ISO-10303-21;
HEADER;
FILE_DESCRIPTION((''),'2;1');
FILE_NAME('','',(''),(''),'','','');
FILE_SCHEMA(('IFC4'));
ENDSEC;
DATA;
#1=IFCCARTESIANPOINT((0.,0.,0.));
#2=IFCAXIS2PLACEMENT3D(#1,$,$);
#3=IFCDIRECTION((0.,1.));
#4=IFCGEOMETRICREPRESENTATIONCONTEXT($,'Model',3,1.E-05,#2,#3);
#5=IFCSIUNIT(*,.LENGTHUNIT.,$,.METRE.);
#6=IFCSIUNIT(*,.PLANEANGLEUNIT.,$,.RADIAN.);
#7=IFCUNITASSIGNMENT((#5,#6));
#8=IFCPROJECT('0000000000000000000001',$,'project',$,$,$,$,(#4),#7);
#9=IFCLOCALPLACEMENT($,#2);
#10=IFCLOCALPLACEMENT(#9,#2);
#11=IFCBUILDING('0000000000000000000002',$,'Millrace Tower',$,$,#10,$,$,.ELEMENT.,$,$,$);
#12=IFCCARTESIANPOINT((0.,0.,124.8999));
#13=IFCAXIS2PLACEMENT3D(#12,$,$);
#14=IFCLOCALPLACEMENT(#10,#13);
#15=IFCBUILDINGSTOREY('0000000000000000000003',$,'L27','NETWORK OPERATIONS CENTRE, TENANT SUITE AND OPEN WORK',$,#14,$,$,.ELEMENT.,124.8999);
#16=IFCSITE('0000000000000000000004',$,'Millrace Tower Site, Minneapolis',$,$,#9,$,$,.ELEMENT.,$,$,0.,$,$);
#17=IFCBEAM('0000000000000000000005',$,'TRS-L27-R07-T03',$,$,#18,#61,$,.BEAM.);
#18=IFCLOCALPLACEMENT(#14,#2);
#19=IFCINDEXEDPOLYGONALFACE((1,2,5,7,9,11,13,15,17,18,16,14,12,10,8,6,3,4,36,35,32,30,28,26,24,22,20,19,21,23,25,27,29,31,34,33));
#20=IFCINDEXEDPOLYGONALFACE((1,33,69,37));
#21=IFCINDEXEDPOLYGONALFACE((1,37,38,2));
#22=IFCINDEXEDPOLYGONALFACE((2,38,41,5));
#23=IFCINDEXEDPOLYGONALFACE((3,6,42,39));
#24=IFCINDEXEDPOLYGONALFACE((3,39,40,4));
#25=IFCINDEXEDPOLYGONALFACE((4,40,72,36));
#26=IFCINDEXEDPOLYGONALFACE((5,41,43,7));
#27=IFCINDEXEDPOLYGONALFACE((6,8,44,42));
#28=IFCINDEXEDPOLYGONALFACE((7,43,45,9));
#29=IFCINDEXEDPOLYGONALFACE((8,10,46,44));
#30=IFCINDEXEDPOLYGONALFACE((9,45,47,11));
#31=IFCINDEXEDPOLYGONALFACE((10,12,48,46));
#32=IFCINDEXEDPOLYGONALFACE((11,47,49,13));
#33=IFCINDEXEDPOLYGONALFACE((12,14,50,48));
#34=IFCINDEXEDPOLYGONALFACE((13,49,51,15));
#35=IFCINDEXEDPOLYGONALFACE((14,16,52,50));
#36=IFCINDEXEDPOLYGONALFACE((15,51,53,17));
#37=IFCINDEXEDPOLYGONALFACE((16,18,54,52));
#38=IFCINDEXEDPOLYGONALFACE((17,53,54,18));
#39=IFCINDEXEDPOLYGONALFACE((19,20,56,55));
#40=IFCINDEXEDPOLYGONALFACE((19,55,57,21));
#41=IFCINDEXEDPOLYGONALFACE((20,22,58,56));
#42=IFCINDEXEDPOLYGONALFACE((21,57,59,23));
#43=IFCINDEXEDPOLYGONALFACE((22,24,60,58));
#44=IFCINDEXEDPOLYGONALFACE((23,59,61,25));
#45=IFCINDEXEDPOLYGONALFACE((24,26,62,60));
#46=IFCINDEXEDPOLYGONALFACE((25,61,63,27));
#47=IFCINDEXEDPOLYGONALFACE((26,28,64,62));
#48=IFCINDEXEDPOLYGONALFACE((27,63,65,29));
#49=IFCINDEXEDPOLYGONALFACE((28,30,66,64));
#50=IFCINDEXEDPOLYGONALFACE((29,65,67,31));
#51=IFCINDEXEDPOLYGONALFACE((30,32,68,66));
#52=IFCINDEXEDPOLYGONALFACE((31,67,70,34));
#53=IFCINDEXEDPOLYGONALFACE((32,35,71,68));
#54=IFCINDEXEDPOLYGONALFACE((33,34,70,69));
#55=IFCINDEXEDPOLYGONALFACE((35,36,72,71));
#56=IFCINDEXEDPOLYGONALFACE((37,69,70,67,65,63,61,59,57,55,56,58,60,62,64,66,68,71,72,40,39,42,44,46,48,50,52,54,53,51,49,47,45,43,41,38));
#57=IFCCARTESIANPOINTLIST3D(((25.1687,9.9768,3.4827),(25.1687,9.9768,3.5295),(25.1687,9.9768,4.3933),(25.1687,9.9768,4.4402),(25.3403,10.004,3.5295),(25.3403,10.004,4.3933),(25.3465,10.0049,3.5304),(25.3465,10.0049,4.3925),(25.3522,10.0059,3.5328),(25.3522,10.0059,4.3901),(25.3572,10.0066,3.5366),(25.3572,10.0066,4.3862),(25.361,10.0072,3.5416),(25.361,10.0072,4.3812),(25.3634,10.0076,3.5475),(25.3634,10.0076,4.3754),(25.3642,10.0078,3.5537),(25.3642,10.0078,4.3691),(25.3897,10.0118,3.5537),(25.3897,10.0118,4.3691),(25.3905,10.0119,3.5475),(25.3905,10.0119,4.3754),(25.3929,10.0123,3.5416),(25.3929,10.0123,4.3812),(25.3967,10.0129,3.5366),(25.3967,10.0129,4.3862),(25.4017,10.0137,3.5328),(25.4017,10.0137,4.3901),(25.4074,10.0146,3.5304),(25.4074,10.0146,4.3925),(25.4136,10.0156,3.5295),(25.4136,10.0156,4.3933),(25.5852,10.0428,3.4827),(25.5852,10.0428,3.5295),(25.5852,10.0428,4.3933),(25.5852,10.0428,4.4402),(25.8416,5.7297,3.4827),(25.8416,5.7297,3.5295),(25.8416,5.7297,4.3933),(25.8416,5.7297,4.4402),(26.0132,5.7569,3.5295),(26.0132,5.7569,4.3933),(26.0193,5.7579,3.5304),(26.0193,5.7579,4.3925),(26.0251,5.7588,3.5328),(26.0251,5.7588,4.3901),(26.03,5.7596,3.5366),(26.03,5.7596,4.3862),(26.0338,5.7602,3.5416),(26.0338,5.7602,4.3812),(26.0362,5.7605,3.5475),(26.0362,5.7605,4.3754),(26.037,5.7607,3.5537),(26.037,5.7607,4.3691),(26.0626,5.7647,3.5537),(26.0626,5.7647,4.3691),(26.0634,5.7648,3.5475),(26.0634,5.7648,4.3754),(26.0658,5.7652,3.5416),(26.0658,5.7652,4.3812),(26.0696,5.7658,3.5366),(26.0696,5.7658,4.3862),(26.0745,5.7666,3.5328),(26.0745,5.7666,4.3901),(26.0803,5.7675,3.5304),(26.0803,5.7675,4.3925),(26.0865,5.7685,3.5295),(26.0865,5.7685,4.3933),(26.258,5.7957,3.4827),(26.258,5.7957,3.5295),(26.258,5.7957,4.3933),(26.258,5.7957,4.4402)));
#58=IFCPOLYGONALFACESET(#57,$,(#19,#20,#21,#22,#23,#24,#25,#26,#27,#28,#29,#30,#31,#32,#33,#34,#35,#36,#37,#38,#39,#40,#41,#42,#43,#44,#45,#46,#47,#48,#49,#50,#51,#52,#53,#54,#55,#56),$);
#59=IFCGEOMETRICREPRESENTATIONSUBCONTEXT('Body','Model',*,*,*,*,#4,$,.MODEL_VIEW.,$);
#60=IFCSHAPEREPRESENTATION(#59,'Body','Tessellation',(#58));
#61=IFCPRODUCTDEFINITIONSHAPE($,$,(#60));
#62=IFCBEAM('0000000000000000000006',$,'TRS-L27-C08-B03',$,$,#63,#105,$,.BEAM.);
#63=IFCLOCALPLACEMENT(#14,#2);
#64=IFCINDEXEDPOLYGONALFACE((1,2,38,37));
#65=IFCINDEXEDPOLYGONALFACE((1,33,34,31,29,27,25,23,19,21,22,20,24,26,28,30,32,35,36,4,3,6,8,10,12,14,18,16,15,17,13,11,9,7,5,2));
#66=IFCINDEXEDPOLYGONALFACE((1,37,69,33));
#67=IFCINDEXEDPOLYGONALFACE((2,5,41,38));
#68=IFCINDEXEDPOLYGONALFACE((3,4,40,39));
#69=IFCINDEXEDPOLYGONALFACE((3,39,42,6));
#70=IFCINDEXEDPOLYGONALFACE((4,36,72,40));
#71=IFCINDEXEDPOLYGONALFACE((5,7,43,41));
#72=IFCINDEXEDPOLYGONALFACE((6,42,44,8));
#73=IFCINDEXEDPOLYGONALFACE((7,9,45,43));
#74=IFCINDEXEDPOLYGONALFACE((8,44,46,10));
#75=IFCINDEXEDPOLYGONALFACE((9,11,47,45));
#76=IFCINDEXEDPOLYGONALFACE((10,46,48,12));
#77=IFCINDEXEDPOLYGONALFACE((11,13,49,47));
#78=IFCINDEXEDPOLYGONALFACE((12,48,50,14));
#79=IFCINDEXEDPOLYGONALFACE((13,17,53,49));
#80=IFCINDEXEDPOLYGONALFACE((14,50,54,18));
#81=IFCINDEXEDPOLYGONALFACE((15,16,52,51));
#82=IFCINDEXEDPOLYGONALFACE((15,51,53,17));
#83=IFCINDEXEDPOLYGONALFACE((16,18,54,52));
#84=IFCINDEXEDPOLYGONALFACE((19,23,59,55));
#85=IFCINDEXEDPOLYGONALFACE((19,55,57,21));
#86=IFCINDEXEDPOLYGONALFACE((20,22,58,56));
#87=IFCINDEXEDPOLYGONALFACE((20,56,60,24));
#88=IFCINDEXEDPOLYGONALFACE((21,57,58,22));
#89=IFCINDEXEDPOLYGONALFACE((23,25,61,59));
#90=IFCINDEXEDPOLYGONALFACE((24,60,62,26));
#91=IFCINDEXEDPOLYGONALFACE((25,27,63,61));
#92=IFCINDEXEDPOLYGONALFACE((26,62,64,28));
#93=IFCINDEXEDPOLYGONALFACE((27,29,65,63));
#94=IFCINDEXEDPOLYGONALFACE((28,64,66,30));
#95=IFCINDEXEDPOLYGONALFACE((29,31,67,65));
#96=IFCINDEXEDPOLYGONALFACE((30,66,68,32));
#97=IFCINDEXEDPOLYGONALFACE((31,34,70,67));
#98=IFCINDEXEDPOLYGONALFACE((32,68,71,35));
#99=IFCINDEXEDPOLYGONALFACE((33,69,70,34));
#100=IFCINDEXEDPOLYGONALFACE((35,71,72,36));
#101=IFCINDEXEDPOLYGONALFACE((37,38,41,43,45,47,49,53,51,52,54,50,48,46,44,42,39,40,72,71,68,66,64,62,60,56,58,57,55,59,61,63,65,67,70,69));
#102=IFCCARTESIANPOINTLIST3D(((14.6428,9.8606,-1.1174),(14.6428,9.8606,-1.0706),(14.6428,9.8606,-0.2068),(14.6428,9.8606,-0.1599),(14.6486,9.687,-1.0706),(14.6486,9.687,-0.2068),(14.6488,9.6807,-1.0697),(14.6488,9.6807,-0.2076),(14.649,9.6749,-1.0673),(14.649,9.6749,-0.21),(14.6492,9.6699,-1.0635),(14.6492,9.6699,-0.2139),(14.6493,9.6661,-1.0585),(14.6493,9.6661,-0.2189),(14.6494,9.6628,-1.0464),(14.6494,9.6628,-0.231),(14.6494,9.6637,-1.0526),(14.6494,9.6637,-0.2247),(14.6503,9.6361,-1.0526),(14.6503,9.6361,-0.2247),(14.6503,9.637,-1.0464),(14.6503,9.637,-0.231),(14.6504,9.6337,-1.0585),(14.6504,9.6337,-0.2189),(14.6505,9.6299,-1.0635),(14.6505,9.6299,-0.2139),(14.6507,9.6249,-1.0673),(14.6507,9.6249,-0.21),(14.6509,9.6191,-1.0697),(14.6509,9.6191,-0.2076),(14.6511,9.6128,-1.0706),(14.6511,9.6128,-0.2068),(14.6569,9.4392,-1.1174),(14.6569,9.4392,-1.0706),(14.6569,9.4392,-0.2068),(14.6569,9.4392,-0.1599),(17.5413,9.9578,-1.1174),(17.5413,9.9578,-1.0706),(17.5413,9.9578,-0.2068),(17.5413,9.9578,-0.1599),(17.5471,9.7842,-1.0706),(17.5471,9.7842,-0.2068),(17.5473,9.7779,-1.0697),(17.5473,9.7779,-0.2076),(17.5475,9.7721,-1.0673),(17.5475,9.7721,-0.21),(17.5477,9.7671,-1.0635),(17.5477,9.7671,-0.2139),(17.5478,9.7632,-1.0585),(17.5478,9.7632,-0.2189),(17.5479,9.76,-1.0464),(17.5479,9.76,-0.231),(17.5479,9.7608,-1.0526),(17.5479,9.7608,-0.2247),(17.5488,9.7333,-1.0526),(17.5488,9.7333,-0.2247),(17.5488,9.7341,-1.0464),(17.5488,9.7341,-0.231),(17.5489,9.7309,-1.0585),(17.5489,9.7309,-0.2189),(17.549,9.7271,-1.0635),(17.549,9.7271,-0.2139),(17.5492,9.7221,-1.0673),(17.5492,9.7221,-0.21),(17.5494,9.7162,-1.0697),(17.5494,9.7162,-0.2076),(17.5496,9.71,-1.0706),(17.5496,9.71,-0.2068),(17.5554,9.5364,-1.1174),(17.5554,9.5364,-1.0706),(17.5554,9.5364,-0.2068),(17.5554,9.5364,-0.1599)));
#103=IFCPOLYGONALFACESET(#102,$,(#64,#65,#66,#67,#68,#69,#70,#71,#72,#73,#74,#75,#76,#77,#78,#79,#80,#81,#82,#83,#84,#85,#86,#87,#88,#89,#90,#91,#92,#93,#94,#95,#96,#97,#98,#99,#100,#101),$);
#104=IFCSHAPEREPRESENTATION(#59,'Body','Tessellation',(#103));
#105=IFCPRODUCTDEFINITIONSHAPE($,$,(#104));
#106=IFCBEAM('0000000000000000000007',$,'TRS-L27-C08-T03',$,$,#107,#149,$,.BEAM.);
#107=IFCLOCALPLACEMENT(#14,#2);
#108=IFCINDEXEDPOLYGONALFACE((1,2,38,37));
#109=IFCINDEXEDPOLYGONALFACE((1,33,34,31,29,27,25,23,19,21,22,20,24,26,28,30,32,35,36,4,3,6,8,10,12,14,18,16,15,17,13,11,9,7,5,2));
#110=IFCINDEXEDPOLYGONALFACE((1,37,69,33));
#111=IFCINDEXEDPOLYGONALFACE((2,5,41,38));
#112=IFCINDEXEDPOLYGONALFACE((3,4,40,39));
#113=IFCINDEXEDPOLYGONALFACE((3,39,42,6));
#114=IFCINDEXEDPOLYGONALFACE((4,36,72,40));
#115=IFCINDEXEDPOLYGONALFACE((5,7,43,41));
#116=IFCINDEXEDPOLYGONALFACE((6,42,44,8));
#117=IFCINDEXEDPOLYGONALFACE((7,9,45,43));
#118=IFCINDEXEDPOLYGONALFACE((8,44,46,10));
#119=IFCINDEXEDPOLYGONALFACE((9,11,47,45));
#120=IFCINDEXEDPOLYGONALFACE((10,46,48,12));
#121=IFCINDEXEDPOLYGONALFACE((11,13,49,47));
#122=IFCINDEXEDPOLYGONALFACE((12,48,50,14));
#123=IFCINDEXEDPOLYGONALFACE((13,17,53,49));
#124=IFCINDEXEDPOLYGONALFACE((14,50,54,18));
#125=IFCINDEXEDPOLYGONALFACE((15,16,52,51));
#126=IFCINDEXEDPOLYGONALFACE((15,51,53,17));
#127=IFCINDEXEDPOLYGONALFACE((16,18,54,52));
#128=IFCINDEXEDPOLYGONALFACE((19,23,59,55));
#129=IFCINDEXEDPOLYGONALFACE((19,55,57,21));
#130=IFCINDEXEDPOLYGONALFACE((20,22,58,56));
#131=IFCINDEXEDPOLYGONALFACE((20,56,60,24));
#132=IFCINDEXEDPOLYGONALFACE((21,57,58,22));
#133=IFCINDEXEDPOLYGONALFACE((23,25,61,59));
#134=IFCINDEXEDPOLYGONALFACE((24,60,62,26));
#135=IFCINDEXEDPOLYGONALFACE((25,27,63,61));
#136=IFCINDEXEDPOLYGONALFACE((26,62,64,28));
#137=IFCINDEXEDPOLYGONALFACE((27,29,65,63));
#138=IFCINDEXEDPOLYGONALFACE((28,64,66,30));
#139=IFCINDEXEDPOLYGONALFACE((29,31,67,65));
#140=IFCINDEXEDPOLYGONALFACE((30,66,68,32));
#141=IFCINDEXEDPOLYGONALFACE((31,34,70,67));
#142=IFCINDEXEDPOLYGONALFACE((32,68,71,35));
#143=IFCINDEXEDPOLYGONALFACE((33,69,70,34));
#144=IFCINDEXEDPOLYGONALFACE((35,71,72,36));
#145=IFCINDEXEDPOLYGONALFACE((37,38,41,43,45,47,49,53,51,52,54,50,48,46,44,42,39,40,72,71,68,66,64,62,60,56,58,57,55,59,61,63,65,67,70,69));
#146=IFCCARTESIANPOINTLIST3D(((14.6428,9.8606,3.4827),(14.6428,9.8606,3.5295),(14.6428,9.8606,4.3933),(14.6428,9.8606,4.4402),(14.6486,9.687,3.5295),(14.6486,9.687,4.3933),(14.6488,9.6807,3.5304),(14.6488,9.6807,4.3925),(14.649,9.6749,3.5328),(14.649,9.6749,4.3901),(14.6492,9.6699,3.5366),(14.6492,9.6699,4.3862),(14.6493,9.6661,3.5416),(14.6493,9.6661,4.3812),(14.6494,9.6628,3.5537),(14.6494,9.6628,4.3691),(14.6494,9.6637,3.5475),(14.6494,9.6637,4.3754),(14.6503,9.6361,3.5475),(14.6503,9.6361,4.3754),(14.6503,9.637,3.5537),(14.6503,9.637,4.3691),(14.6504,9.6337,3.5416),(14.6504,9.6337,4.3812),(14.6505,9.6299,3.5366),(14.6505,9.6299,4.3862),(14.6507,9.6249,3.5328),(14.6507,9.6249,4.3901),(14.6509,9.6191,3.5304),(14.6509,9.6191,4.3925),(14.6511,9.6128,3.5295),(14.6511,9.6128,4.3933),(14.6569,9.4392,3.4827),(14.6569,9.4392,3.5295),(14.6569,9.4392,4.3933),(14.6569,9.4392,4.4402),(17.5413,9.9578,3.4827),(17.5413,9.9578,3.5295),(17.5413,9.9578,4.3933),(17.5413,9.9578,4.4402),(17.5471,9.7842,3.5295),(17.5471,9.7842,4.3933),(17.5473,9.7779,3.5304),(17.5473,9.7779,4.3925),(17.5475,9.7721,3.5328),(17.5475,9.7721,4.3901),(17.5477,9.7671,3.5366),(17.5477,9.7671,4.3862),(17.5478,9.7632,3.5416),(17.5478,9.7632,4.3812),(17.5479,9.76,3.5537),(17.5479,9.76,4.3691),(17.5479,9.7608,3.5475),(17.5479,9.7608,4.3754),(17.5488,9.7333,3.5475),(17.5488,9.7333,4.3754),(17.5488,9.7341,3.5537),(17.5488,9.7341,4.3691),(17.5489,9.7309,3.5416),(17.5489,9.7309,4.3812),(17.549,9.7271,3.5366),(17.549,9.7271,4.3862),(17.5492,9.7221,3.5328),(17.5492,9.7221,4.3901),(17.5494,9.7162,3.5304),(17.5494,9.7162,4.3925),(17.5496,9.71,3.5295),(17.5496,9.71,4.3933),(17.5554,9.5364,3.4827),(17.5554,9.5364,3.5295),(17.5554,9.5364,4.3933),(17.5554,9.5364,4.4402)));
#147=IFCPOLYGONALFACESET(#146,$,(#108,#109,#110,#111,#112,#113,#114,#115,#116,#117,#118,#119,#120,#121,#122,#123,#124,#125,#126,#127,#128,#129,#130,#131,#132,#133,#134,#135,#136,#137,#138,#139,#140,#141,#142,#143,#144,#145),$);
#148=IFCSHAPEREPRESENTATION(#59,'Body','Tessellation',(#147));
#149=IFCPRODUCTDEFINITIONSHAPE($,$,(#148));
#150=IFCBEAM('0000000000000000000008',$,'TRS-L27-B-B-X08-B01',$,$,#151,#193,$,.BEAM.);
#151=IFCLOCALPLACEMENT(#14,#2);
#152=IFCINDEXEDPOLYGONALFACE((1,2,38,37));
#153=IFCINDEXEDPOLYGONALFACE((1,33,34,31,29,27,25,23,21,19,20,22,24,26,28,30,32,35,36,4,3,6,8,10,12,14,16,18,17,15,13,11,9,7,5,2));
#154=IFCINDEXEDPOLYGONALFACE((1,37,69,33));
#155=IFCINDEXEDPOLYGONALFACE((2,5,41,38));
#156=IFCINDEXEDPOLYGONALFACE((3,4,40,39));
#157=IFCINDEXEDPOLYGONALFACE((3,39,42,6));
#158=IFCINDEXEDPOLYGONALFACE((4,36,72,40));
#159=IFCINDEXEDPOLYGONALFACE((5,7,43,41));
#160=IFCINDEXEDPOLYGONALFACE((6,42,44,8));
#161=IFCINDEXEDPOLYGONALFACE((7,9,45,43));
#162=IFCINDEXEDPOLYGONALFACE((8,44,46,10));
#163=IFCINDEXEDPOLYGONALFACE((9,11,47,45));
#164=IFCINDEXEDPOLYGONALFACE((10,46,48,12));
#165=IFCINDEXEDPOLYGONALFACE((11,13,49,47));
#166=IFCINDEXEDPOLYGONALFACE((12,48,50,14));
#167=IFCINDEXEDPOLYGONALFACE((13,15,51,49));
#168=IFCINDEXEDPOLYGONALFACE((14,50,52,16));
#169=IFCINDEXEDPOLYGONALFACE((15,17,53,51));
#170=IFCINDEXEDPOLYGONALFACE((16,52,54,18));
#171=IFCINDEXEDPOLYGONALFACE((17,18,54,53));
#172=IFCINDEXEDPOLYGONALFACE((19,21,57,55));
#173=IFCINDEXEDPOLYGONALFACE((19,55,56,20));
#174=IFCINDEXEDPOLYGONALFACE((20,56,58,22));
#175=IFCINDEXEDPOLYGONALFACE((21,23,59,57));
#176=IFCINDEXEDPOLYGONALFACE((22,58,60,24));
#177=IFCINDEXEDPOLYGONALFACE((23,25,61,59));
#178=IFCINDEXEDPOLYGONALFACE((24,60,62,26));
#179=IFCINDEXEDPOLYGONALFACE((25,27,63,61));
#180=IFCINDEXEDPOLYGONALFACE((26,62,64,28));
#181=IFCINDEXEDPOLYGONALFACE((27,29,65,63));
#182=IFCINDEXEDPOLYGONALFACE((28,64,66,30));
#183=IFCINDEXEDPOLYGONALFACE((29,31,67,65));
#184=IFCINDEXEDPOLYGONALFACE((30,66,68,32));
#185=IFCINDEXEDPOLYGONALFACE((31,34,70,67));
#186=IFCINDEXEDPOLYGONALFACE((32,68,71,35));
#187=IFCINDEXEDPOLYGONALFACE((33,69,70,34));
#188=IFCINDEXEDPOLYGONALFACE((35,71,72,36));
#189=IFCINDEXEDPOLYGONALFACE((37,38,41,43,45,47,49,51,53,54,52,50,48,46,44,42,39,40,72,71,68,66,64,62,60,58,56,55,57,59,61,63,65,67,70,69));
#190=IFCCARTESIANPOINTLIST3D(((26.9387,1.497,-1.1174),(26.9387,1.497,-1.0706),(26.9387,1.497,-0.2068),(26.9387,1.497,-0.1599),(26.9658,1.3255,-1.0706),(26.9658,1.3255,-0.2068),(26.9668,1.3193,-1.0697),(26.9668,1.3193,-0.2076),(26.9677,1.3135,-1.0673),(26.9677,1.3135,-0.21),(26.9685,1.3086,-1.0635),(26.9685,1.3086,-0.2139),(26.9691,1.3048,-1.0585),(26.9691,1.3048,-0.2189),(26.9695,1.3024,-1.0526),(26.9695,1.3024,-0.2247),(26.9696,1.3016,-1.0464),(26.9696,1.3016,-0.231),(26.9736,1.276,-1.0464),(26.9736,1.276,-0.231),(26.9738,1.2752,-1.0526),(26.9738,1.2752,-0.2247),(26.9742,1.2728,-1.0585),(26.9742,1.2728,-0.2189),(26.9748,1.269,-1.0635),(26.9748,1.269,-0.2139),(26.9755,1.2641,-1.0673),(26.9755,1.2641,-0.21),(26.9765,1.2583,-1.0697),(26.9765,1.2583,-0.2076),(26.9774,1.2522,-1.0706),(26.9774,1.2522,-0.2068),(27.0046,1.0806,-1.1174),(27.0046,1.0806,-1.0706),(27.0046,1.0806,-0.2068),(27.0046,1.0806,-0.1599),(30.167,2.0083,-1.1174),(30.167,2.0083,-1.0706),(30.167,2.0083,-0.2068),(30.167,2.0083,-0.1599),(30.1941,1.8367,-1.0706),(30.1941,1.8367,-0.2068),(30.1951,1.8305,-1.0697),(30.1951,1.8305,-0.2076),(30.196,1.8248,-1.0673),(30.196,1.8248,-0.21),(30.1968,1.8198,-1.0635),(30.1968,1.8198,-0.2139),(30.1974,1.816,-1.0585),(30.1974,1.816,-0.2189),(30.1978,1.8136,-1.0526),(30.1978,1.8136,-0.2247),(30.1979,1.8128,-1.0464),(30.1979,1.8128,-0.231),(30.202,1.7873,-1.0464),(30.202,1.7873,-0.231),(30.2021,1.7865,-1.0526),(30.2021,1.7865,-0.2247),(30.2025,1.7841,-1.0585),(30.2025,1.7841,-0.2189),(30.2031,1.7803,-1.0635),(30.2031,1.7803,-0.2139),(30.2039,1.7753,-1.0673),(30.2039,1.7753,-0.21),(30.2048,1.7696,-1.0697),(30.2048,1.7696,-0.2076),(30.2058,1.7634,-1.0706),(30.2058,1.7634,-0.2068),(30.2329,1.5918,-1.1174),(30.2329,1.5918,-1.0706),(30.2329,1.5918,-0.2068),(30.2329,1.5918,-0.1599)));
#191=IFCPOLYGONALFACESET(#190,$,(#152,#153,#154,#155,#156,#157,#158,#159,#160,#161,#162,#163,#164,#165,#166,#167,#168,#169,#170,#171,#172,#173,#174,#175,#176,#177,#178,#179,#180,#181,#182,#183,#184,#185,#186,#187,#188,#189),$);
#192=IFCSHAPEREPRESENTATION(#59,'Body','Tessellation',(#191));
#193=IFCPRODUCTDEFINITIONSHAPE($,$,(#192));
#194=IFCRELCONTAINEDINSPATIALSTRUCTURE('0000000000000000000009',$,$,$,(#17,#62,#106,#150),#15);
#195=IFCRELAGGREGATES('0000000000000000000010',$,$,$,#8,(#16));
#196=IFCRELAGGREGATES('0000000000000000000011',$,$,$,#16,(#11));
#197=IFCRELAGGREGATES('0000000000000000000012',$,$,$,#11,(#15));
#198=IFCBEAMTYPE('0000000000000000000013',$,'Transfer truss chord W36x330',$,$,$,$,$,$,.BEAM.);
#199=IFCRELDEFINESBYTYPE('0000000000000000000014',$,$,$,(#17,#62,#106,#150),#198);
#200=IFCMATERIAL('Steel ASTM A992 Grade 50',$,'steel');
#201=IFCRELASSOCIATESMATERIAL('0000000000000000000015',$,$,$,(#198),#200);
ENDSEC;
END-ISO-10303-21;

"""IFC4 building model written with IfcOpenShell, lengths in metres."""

from ifc_helpers import new_model, si_unit, direction, frame, origin, origin_2d, place, context, subcontext, project, spatial, i_section, extrude, material, material_profile, profile_set, type_object, element, save


model = new_model("IFC4")

# Units and contexts
model_context = context("Model", 3, precision=1e-05, world=origin(), true_north=direction((0.0, 1.0)))
body_context = subcontext(model_context, "Body", "Model", "MODEL_VIEW")
ifc_project = project(units=[si_unit("LENGTHUNIT", "METRE"), si_unit("PLANEANGLEUNIT", "RADIAN")], contexts=[model_context])

# Site, building, storey
site_placement = place(None, origin())
site = spatial("IfcSite", under=ifc_project, at=site_placement, Name="Millrace Tower Site, Minneapolis", CompositionType="ELEMENT", RefElevation=0.0)
building_placement = place(site_placement, origin())
building = spatial("IfcBuilding", under=site, at=building_placement, Name="Millrace Tower", CompositionType="ELEMENT")
storey_placement = place(building_placement, frame((0.0, 0.0, 124.8999)))
storey = spatial("IfcBuildingStorey", under=building, at=storey_placement, Name="L27", Description="NETWORK OPERATIONS CENTRE, TENANT SUITE AND OPEN WORK", CompositionType="ELEMENT", Elevation=124.8999)

# Beams
ifc_material_1 = material(Name="Steel ASTM A992 Grade 50", Category="steel")
ifc_material_profile_1 = material_profile(ifc_material_1, i_section(OverallWidth=0.4216, OverallDepth=0.9575, WebThickness=0.0259, FlangeThickness=0.0469, FilletRadius=0.0242, at=origin_2d()))
ifc_profile_set_1 = profile_set([ifc_material_profile_1], Name="Steel ASTM A992 Grade 50")
beam_type_1 = type_object("IfcBeamType", Name="Transfer truss chord W36x330", PredefinedType="BEAM", material=ifc_profile_set_1)
for number, where, z_axis, x_axis, name in (
    (1, (26.0498, 5.7627, 3.9614), (-0.156476, 0.987682, 0.0), (-0.987682, -0.156476, 0.0), "TRS-L27-R07-T03"),
):
    element("IfcBeam", number, at=place(storey_placement, frame(where, z_axis=z_axis, x_axis=x_axis)), inside=storey, type_object=beam_type_1, Name=name, PredefinedType="BEAM", context=body_context, shape_type="SweptSolid", body=[
        extrude(i_section(OverallWidth=0.4216, OverallDepth=0.9575, WebThickness=0.0259, FlangeThickness=0.0469, FilletRadius=0.0242, at=origin_2d()), origin(), (0.0, 0.0, 1.0), 4.3),
    ])
for number, where, z_axis, x_axis, name in (
    (2, (17.5483, 9.7471, -0.6387), (-0.999439, -0.033505, 0.0), (0.033505, -0.999439, 0.0), "TRS-L27-C08-B03"),
    (3, (17.5483, 9.7471, 3.9614), (-0.999439, -0.033505, 0.0), (0.033505, -0.999439, 0.0), "TRS-L27-C08-T03"),
):
    element("IfcBeam", number, at=place(storey_placement, frame(where, z_axis=z_axis, x_axis=x_axis)), inside=storey, type_object=beam_type_1, Name=name, PredefinedType="BEAM", context=body_context, shape_type="SweptSolid", body=[
        extrude(i_section(OverallWidth=0.4216, OverallDepth=0.9575, WebThickness=0.0259, FlangeThickness=0.0469, FilletRadius=0.0242, at=origin_2d()), origin(), (0.0, 0.0, 1.0), 2.9001),
    ])
for number, where, z_axis, x_axis, name in (
    (4, (30.2, 1.8, -0.6387), (-0.987692, -0.156411, 0.0), (0.156411, -0.987692, 0.0), "TRS-L27-B-B-X08-B01"),
):
    element("IfcBeam", number, at=place(storey_placement, frame(where, z_axis=z_axis, x_axis=x_axis)), inside=storey, type_object=beam_type_1, Name=name, PredefinedType="BEAM", context=body_context, shape_type="SweptSolid", body=[
        extrude(i_section(OverallWidth=0.4216, OverallDepth=0.9575, WebThickness=0.0259, FlangeThickness=0.0469, FilletRadius=0.0242, at=origin_2d()), origin(), (0.0, 0.0, 1.0), 3.2686),
    ])

save(model, "model.ifc")
